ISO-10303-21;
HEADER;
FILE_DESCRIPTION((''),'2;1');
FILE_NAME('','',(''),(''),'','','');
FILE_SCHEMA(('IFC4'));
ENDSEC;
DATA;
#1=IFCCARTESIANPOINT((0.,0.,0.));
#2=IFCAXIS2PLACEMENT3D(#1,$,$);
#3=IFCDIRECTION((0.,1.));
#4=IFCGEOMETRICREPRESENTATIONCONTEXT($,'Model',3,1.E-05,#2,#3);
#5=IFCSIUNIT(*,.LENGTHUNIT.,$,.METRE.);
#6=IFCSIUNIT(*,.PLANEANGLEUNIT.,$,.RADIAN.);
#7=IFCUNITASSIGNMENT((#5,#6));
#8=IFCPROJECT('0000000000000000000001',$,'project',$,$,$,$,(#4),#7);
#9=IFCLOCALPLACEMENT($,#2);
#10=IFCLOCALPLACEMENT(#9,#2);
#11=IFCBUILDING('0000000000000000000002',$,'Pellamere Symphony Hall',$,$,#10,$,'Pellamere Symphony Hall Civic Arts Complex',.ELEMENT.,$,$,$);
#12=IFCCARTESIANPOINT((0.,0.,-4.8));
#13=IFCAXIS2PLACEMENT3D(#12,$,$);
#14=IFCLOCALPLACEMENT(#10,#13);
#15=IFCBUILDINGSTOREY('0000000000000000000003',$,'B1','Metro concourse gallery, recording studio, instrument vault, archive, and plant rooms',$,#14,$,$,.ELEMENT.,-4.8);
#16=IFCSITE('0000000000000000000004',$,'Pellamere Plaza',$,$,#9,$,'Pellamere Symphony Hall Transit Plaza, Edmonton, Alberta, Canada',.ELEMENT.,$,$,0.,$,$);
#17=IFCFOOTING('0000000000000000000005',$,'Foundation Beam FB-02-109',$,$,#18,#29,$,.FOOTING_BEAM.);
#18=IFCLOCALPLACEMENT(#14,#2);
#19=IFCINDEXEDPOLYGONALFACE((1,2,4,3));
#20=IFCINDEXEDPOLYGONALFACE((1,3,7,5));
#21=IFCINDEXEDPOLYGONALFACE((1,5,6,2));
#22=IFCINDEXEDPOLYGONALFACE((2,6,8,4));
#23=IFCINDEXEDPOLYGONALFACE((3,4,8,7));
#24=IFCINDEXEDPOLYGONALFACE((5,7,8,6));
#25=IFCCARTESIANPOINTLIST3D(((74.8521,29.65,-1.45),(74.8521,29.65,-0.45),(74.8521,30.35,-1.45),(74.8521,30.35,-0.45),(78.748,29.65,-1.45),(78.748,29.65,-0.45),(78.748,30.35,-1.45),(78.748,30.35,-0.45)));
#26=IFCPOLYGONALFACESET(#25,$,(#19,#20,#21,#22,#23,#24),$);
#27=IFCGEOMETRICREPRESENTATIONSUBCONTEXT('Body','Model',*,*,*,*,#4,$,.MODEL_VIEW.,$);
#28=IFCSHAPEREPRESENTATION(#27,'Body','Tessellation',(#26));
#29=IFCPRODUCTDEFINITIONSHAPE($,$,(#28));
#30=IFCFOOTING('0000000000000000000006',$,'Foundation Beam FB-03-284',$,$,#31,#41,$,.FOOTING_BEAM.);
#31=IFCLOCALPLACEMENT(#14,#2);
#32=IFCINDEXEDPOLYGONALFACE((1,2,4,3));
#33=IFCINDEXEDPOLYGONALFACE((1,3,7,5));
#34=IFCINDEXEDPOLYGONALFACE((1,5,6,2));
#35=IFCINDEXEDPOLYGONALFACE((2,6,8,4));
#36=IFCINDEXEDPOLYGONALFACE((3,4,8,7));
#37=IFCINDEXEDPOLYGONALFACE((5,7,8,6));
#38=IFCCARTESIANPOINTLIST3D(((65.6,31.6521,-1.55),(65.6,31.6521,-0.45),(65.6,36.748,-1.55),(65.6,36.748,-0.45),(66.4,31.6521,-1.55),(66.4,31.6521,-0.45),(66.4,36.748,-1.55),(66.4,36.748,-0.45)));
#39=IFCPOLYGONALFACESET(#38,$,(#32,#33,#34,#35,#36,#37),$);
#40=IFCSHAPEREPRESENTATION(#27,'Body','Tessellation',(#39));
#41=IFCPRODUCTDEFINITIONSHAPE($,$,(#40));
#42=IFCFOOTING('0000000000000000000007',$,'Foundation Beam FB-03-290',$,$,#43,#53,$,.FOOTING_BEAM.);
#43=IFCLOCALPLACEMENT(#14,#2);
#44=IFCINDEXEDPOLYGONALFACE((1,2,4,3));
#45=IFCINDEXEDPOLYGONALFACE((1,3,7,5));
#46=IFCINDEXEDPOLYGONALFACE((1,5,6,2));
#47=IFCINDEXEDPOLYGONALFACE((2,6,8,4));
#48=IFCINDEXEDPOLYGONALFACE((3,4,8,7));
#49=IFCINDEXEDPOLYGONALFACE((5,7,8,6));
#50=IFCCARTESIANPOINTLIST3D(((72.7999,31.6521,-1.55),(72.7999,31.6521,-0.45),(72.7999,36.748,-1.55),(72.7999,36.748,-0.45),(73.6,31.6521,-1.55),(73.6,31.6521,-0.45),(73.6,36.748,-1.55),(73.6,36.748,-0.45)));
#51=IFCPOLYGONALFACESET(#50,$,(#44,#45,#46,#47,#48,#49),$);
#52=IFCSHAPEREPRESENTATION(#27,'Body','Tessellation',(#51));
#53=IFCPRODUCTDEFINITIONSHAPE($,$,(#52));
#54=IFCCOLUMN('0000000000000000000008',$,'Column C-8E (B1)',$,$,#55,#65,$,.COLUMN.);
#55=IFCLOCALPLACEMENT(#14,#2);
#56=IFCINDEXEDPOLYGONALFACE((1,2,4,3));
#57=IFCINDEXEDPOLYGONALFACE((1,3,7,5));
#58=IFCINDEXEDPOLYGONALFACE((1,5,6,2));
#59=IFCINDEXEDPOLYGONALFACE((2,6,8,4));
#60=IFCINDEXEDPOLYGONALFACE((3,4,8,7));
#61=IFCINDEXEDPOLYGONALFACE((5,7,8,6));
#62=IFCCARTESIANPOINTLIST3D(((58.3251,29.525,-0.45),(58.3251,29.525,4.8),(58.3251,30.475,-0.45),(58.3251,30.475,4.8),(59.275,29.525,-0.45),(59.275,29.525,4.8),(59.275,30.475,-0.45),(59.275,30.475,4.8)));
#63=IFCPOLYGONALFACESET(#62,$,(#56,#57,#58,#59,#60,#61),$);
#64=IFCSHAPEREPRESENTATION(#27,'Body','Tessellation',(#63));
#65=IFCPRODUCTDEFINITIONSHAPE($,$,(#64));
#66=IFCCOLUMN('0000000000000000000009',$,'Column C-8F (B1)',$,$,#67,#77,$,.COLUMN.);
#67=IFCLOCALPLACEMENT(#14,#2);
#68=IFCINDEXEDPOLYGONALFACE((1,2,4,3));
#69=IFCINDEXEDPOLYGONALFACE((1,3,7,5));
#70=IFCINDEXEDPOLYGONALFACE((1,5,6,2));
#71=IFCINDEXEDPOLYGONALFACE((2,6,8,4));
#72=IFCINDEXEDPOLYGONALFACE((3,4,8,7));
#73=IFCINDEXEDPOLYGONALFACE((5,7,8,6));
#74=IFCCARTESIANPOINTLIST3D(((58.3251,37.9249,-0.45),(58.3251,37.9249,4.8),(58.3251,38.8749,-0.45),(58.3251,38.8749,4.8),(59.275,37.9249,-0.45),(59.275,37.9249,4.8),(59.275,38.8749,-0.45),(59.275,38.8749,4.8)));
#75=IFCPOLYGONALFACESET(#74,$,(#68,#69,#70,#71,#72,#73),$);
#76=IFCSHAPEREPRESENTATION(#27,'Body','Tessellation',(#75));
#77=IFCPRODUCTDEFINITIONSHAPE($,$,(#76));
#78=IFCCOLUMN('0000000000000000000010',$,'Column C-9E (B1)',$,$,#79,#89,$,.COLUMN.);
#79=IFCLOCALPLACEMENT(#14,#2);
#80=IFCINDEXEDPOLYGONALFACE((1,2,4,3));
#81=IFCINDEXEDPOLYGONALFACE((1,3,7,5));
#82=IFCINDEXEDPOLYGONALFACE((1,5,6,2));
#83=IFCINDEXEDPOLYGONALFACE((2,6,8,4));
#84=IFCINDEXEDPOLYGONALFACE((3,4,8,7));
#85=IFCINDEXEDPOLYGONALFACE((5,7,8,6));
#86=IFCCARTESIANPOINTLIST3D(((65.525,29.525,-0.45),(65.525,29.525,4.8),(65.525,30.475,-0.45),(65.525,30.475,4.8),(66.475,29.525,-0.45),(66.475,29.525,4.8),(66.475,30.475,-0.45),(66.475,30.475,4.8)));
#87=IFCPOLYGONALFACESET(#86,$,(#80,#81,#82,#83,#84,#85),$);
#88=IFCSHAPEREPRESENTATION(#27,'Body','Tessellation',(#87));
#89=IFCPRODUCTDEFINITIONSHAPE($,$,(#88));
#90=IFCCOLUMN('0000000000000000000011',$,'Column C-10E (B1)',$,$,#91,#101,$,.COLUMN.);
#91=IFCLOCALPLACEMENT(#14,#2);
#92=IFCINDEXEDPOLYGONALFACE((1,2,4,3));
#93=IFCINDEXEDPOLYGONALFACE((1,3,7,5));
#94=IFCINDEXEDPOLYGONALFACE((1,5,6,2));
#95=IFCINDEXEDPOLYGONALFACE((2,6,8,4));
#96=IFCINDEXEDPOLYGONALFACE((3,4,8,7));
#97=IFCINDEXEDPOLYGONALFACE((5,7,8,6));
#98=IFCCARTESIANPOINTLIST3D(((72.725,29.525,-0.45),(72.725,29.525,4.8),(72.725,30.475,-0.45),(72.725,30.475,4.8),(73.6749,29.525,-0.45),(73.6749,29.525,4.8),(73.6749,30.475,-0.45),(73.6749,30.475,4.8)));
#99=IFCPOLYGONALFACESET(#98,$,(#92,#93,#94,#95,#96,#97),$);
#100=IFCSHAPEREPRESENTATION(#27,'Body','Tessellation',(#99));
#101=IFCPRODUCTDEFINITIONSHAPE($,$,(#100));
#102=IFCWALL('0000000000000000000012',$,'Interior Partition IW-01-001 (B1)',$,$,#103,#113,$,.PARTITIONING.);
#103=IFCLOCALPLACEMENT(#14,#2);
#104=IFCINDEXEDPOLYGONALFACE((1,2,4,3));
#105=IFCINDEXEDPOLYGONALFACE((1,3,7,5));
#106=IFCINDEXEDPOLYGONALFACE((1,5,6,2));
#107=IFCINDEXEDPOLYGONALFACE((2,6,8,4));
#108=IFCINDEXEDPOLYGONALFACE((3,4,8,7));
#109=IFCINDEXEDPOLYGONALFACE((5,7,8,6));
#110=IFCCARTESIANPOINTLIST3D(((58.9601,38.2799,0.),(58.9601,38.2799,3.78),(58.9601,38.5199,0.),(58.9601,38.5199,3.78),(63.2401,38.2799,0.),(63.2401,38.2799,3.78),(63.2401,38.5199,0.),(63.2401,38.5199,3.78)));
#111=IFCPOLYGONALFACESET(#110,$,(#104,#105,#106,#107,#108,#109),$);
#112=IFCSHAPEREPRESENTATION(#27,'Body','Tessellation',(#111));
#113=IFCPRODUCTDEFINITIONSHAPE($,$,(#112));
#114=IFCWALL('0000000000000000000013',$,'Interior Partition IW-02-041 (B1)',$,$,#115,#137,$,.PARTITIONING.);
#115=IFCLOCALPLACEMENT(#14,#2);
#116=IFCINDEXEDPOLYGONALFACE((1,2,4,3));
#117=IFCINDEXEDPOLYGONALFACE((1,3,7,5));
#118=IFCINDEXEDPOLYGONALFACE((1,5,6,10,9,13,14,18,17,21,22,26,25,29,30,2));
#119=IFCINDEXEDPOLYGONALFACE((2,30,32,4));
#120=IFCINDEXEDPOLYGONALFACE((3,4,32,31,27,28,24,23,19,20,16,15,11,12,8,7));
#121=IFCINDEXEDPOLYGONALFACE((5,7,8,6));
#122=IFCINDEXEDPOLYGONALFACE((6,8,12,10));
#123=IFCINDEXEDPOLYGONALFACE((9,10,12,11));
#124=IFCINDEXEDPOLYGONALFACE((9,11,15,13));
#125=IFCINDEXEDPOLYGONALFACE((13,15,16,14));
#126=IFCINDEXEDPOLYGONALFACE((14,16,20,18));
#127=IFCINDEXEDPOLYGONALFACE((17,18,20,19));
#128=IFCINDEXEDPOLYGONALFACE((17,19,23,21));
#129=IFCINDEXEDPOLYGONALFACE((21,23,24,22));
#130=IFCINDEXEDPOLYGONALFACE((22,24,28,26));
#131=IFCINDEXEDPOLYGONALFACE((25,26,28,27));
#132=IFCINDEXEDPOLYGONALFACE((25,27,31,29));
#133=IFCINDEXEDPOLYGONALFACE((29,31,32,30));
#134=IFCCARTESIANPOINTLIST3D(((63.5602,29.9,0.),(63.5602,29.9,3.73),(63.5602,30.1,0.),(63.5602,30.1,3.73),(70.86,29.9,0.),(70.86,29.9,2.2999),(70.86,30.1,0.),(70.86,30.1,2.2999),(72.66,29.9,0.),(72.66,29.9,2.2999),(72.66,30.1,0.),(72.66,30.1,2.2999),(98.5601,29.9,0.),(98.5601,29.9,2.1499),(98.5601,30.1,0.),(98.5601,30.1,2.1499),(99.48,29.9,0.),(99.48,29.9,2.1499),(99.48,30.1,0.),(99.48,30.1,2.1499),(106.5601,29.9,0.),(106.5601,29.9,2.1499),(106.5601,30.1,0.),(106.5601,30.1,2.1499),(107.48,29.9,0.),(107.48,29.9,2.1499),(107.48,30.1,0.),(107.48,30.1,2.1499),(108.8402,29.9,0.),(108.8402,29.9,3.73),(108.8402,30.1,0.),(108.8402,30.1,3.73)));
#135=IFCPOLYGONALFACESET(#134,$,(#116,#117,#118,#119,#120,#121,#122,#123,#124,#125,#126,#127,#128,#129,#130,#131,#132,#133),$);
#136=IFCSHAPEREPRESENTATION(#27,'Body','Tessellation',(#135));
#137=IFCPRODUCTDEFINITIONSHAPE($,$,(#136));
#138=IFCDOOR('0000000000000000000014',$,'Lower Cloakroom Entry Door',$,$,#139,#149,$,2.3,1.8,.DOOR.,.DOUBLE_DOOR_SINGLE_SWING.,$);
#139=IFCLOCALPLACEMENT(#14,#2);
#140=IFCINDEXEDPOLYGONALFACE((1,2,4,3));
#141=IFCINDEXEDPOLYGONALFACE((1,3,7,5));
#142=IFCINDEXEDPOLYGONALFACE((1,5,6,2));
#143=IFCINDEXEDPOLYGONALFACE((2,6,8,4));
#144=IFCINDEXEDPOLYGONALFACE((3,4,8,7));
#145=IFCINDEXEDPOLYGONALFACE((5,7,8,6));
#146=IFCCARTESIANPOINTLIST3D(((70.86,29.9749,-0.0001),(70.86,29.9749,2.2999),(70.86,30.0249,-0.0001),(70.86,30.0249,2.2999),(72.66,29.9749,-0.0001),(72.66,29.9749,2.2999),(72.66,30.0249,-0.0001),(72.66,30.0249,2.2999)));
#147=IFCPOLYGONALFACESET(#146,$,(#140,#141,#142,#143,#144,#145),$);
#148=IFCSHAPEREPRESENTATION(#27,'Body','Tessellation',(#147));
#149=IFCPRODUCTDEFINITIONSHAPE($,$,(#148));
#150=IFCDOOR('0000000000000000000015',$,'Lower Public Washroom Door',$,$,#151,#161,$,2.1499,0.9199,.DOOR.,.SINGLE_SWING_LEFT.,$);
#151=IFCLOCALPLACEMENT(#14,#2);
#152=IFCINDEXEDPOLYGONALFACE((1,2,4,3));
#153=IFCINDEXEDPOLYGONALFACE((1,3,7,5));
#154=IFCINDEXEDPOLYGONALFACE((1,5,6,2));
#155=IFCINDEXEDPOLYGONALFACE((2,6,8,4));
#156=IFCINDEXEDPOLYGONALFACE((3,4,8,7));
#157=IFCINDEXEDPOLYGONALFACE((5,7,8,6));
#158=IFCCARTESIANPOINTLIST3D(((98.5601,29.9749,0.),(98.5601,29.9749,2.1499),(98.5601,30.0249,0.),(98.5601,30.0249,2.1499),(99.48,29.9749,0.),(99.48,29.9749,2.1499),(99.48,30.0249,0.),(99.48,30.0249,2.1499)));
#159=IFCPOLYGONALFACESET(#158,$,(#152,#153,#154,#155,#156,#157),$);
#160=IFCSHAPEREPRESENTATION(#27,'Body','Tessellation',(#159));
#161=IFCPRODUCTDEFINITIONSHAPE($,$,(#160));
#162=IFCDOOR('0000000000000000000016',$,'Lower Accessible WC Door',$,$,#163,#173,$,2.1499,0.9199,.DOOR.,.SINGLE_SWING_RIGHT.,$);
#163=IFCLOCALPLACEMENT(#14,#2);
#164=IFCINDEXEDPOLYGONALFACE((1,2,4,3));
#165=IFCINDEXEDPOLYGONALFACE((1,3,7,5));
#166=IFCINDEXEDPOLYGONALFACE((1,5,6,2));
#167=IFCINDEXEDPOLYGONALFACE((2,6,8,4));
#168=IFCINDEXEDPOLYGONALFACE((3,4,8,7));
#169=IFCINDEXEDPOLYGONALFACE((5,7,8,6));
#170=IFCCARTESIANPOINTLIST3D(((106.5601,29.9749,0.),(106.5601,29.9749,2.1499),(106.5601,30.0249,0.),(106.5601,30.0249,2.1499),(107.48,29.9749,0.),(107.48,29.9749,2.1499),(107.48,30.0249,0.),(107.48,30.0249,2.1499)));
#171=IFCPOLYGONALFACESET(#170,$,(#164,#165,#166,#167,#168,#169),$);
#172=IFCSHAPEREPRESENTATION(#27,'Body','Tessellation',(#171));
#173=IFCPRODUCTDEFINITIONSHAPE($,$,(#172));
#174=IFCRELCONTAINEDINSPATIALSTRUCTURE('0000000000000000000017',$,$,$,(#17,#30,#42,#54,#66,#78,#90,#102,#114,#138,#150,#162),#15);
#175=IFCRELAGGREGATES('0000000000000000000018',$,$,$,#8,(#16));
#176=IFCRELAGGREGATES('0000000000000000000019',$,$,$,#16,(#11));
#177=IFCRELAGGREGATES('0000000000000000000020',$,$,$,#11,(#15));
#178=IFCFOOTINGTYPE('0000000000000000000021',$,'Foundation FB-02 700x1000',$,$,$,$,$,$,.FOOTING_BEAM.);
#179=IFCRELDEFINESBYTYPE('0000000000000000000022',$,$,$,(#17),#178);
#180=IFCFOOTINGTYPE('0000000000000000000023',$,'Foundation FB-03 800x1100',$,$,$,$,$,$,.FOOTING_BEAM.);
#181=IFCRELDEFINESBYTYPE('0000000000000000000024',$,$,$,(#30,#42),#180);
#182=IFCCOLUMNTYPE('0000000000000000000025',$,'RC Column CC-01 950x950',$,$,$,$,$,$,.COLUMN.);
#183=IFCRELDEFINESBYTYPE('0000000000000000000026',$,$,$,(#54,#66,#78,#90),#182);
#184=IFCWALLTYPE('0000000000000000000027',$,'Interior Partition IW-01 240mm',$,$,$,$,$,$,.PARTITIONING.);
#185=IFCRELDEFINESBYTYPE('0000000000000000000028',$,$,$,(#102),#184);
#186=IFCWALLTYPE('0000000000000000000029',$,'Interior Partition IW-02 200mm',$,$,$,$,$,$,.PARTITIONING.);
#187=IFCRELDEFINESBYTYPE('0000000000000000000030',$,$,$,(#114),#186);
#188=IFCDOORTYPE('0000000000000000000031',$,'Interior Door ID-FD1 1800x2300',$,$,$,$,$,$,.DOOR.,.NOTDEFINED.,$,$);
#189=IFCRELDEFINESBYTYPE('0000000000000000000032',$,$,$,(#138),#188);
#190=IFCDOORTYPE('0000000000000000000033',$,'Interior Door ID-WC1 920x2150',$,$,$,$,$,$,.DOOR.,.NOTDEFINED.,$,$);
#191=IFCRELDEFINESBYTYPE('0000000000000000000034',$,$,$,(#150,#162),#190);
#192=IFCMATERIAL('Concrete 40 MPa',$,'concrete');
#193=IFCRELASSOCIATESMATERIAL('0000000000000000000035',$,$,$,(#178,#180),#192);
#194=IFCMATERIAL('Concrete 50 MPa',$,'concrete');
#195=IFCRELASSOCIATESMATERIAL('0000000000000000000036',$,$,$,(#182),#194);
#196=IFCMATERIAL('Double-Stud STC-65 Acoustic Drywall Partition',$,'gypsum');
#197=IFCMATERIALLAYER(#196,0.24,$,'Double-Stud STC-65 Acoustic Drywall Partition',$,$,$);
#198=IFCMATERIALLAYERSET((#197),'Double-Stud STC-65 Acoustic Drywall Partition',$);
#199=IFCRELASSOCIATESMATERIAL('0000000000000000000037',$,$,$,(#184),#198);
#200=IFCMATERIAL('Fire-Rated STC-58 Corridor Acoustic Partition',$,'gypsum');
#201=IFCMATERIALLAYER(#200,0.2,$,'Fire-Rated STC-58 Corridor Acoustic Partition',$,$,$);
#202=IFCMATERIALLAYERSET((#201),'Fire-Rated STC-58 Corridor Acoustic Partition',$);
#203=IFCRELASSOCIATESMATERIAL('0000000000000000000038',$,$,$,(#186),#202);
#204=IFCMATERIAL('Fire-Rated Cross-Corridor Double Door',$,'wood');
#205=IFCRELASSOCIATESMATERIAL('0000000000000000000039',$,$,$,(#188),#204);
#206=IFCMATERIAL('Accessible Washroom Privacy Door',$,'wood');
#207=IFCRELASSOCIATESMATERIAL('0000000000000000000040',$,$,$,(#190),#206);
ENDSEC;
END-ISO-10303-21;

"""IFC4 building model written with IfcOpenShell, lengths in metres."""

from ifc_helpers import new_model, si_unit, direction, frame, frame_2d, origin, origin_2d, place, context, subcontext, project, spatial, rectangle, extrude, material, layer, layer_set, material_profile, profile_set, type_object, element, fill, save


model = new_model("IFC4")

# Units and contexts
model_context = context("Model", 3, precision=1e-05, world=origin(), true_north=direction((0.0, 1.0)))
body_context = subcontext(model_context, "Body", "Model", "MODEL_VIEW")
ifc_project = project(units=[si_unit("LENGTHUNIT", "METRE"), si_unit("PLANEANGLEUNIT", "RADIAN")], contexts=[model_context])

# Site, building, storey
site_placement = place(None, origin())
site = spatial("IfcSite", under=ifc_project, at=site_placement, Name="Pellamere Plaza", LongName="Pellamere Symphony Hall Transit Plaza, Edmonton, Alberta, Canada", CompositionType="ELEMENT", RefElevation=0.0)
building_placement = place(site_placement, origin())
building = spatial("IfcBuilding", under=site, at=building_placement, Name="Pellamere Symphony Hall", LongName="Pellamere Symphony Hall Civic Arts Complex", CompositionType="ELEMENT")
storey_placement = place(building_placement, frame((0.0, 0.0, -4.8)))
storey = spatial("IfcBuildingStorey", under=building, at=storey_placement, Name="B1", Description="Metro concourse gallery, recording studio, instrument vault, archive, and plant rooms", CompositionType="ELEMENT", Elevation=-4.8)

# Footings
ifc_material_1 = material(Name="Concrete 40 MPa", Category="concrete")
ifc_material_profile_1 = material_profile(ifc_material_1, rectangle(XDim=0.7, YDim=1.0, at=origin_2d()), Name="RC 700x1000")
ifc_profile_set_1 = profile_set([ifc_material_profile_1], Name="Concrete 40 MPa")
footing_type_1 = type_object("IfcFootingType", Name="Foundation FB-02 700x1000", PredefinedType="FOOTING_BEAM", material=ifc_profile_set_1)
for number, where, z_axis, x_axis, name in (
    (1, (74.8521, 30.0, -0.95), (1.0, 0.0, 0.0), (0.0, 1.0, 0.0), "Foundation Beam FB-02-109"),
):
    element("IfcFooting", number, at=place(storey_placement, frame(where, z_axis=z_axis, x_axis=x_axis)), inside=storey, type_object=footing_type_1, Name=name, PredefinedType="FOOTING_BEAM", context=body_context, shape_type="SweptSolid", body=[
        extrude(rectangle(XDim=0.7, YDim=1.0, at=origin_2d()), origin(), (0.0, 0.0, 1.0), 3.896),
    ])
ifc_material_profile_2 = material_profile(ifc_material_1, rectangle(XDim=0.8, YDim=1.1001, at=origin_2d()), Name="RC 800x1100")
ifc_profile_set_2 = profile_set([ifc_material_profile_2], Name="Concrete 40 MPa")
footing_type_2 = type_object("IfcFootingType", Name="Foundation FB-03 800x1100", PredefinedType="FOOTING_BEAM", material=ifc_profile_set_2)
for number, where, z_axis, x_axis, name in (
    (2, (66.0, 31.6521, -1.0), (0.0, 1.0, 0.0), (-1.0, 0.0, 0.0), "Foundation Beam FB-03-284"),
    (3, (73.2, 31.6521, -1.0), (0.0, 1.0, 0.0), (-1.0, 0.0, 0.0), "Foundation Beam FB-03-290"),
):
    element("IfcFooting", number, at=place(storey_placement, frame(where, z_axis=z_axis, x_axis=x_axis)), inside=storey, type_object=footing_type_2, Name=name, PredefinedType="FOOTING_BEAM", context=body_context, shape_type="SweptSolid", body=[
        extrude(rectangle(XDim=0.8, YDim=1.1001, at=origin_2d()), origin(), (0.0, 0.0, 1.0), 5.0959),
    ])

# Columns
ifc_material_2 = material(Name="Concrete 50 MPa", Category="concrete")
ifc_material_profile_3 = material_profile(ifc_material_2, rectangle(XDim=0.95, YDim=0.95, at=origin_2d()), Name="RC 950x950")
ifc_profile_set_3 = profile_set([ifc_material_profile_3], Name="Concrete 50 MPa")
column_type = type_object("IfcColumnType", Name="RC Column CC-01 950x950", PredefinedType="COLUMN", material=ifc_profile_set_3)
for number, where, z_axis, x_axis, name in (
    (4, (58.8, 30.0, -0.45), (0.0, 0.0, 1.0), (1.0, 0.0, 0.0), "Column C-8E (B1)"),
    (5, (58.8, 38.3999, -0.45), (0.0, 0.0, 1.0), (1.0, 0.0, 0.0), "Column C-8F (B1)"),
    (6, (66.0, 30.0, -0.45), (0.0, 0.0, 1.0), (1.0, 0.0, 0.0), "Column C-9E (B1)"),
    (7, (73.2, 30.0, -0.45), (0.0, 0.0, 1.0), (1.0, 0.0, 0.0), "Column C-10E (B1)"),
):
    element("IfcColumn", number, at=place(storey_placement, frame(where, z_axis=z_axis, x_axis=x_axis)), inside=storey, type_object=column_type, Name=name, PredefinedType="COLUMN", context=body_context, shape_type="SweptSolid", body=[
        extrude(rectangle(XDim=0.95, YDim=0.95, at=origin_2d()), origin(), (0.0, 0.0, 1.0), 5.25),
    ])

# Wall
ifc_material_3 = material(Name="Double-Stud STC-65 Acoustic Drywall Partition", Category="gypsum")
ifc_layer_1 = layer(ifc_material_3, 0.24, Name="Double-Stud STC-65 Acoustic Drywall Partition")
ifc_layer_set_1 = layer_set([ifc_layer_1], Name="Double-Stud STC-65 Acoustic Drywall Partition")
wall_type_1 = type_object("IfcWallType", Name="Interior Partition IW-01 240mm", PredefinedType="PARTITIONING", material=ifc_layer_set_1)
wall_1_placement = place(storey_placement, frame((58.96, 38.3999, 0.0), z_axis=(0.0, 0.0, 1.0), x_axis=(1.0, 0.0, 0.0)))
element("IfcWall", 8, at=wall_1_placement, inside=storey, type_object=wall_type_1, Name="Interior Partition IW-01-001 (B1)", PredefinedType="PARTITIONING", context=body_context, shape_type="SweptSolid", body=[
    extrude(rectangle(XDim=4.28, YDim=0.24, at=frame_2d((2.1401, 0.0))), origin(), (0.0, 0.0, 1.0), 3.78),
])

# Wall, openings, doors
ifc_material_4 = material(Name="Fire-Rated STC-58 Corridor Acoustic Partition", Category="gypsum")
ifc_layer_2 = layer(ifc_material_4, 0.2, Name="Fire-Rated STC-58 Corridor Acoustic Partition")
ifc_layer_set_2 = layer_set([ifc_layer_2], Name="Fire-Rated STC-58 Corridor Acoustic Partition")
wall_type_2 = type_object("IfcWallType", Name="Interior Partition IW-02 200mm", PredefinedType="PARTITIONING", material=ifc_layer_set_2)
wall_2_placement = place(storey_placement, frame((63.5601, 30.0, 0.0), z_axis=(0.0, 0.0, 1.0), x_axis=(1.0, 0.0, 0.0)))
wall_2 = element("IfcWall", 9, at=wall_2_placement, inside=storey, type_object=wall_type_2, Name="Interior Partition IW-02-041 (B1)", PredefinedType="PARTITIONING", context=body_context, shape_type="SweptSolid", body=[
    extrude(rectangle(XDim=45.28, YDim=0.2, at=frame_2d((22.6401, 0.0))), origin(), (0.0, 0.0, 1.0), 3.73),
])
opening_1_placement = place(wall_2_placement, frame((7.3, 0.0, 0.0)))
opening_1 = element("IfcOpeningElement", 10, at=opening_1_placement, cuts=wall_2, PredefinedType="OPENING", context=body_context, shape_type="SweptSolid", body=[
    extrude(rectangle(XDim=1.8, YDim=2.3, at=frame_2d((0.8999, 1.1499))), frame((0.0, 0.1099, 0.0), z_axis=(0.0, -1.0, 0.0), x_axis=(1.0, 0.0, 0.0)), (0.0, 0.0, 1.0), 0.22),
])
opening_2_placement = place(wall_2_placement, frame((35.0, 0.0, 0.0)))
opening_2 = element("IfcOpeningElement", 11, at=opening_2_placement, cuts=wall_2, PredefinedType="OPENING", context=body_context, shape_type="SweptSolid", body=[
    extrude(rectangle(XDim=0.9199, YDim=2.1499, at=frame_2d((0.46, 1.075))), frame((0.0, 0.1099, 0.0), z_axis=(0.0, -1.0, 0.0), x_axis=(1.0, 0.0, 0.0)), (0.0, 0.0, 1.0), 0.22),
])
opening_3_placement = place(wall_2_placement, frame((43.0, 0.0, 0.0)))
opening_3 = element("IfcOpeningElement", 12, at=opening_3_placement, cuts=wall_2, PredefinedType="OPENING", context=body_context, shape_type="SweptSolid", body=[
    extrude(rectangle(XDim=0.9199, YDim=2.1499, at=frame_2d((0.46, 1.075))), frame((0.0, 0.1099, 0.0), z_axis=(0.0, -1.0, 0.0), x_axis=(1.0, 0.0, 0.0)), (0.0, 0.0, 1.0), 0.22),
])
ifc_material_5 = material(Name="Fire-Rated Cross-Corridor Double Door", Category="wood")
door_type_1 = type_object("IfcDoorType", Name="Interior Door ID-FD1 1800x2300", OperationType="NOTDEFINED", PredefinedType="DOOR", material=ifc_material_5)
door_1_placement = place(opening_1_placement, origin())
door_1 = element("IfcDoor", 13, at=door_1_placement, inside=storey, type_object=door_type_1, Name="Lower Cloakroom Entry Door", OperationType="DOUBLE_DOOR_SINGLE_SWING", OverallHeight=2.3, OverallWidth=1.8, PredefinedType="DOOR", context=body_context, shape_type="SweptSolid", body=[
    extrude(rectangle(XDim=1.8, YDim=2.3, at=frame_2d((0.8999, 1.1499))), frame((0.0, 0.0249, 0.0), z_axis=(0.0, -1.0, 0.0), x_axis=(1.0, 0.0, 0.0)), (0.0, 0.0, 1.0), 0.05),
])
fill(opening_1, door_1)
ifc_material_6 = material(Name="Accessible Washroom Privacy Door", Category="wood")
door_type_2 = type_object("IfcDoorType", Name="Interior Door ID-WC1 920x2150", OperationType="NOTDEFINED", PredefinedType="DOOR", material=ifc_material_6)
door_2_placement = place(opening_2_placement, origin())
door_2 = element("IfcDoor", 14, at=door_2_placement, inside=storey, type_object=door_type_2, Name="Lower Public Washroom Door", OperationType="SINGLE_SWING_LEFT", OverallHeight=2.1499, OverallWidth=0.9199, PredefinedType="DOOR", context=body_context, shape_type="SweptSolid", body=[
    extrude(rectangle(XDim=0.9199, YDim=2.1499, at=frame_2d((0.46, 1.075))), frame((0.0, 0.0249, 0.0), z_axis=(0.0, -1.0, 0.0), x_axis=(1.0, 0.0, 0.0)), (0.0, 0.0, 1.0), 0.05),
])
fill(opening_2, door_2)
door_3_placement = place(opening_3_placement, origin())
door_3 = element("IfcDoor", 15, at=door_3_placement, inside=storey, type_object=door_type_2, Name="Lower Accessible WC Door", OperationType="SINGLE_SWING_RIGHT", OverallHeight=2.1499, OverallWidth=0.9199, PredefinedType="DOOR", context=body_context, shape_type="SweptSolid", body=[
    extrude(rectangle(XDim=0.9199, YDim=2.1499, at=frame_2d((0.46, 1.075))), frame((0.0, 0.0249, 0.0), z_axis=(0.0, -1.0, 0.0), x_axis=(1.0, 0.0, 0.0)), (0.0, 0.0, 1.0), 0.05),
])
fill(opening_3, door_3)

save(model, "model.ifc")
